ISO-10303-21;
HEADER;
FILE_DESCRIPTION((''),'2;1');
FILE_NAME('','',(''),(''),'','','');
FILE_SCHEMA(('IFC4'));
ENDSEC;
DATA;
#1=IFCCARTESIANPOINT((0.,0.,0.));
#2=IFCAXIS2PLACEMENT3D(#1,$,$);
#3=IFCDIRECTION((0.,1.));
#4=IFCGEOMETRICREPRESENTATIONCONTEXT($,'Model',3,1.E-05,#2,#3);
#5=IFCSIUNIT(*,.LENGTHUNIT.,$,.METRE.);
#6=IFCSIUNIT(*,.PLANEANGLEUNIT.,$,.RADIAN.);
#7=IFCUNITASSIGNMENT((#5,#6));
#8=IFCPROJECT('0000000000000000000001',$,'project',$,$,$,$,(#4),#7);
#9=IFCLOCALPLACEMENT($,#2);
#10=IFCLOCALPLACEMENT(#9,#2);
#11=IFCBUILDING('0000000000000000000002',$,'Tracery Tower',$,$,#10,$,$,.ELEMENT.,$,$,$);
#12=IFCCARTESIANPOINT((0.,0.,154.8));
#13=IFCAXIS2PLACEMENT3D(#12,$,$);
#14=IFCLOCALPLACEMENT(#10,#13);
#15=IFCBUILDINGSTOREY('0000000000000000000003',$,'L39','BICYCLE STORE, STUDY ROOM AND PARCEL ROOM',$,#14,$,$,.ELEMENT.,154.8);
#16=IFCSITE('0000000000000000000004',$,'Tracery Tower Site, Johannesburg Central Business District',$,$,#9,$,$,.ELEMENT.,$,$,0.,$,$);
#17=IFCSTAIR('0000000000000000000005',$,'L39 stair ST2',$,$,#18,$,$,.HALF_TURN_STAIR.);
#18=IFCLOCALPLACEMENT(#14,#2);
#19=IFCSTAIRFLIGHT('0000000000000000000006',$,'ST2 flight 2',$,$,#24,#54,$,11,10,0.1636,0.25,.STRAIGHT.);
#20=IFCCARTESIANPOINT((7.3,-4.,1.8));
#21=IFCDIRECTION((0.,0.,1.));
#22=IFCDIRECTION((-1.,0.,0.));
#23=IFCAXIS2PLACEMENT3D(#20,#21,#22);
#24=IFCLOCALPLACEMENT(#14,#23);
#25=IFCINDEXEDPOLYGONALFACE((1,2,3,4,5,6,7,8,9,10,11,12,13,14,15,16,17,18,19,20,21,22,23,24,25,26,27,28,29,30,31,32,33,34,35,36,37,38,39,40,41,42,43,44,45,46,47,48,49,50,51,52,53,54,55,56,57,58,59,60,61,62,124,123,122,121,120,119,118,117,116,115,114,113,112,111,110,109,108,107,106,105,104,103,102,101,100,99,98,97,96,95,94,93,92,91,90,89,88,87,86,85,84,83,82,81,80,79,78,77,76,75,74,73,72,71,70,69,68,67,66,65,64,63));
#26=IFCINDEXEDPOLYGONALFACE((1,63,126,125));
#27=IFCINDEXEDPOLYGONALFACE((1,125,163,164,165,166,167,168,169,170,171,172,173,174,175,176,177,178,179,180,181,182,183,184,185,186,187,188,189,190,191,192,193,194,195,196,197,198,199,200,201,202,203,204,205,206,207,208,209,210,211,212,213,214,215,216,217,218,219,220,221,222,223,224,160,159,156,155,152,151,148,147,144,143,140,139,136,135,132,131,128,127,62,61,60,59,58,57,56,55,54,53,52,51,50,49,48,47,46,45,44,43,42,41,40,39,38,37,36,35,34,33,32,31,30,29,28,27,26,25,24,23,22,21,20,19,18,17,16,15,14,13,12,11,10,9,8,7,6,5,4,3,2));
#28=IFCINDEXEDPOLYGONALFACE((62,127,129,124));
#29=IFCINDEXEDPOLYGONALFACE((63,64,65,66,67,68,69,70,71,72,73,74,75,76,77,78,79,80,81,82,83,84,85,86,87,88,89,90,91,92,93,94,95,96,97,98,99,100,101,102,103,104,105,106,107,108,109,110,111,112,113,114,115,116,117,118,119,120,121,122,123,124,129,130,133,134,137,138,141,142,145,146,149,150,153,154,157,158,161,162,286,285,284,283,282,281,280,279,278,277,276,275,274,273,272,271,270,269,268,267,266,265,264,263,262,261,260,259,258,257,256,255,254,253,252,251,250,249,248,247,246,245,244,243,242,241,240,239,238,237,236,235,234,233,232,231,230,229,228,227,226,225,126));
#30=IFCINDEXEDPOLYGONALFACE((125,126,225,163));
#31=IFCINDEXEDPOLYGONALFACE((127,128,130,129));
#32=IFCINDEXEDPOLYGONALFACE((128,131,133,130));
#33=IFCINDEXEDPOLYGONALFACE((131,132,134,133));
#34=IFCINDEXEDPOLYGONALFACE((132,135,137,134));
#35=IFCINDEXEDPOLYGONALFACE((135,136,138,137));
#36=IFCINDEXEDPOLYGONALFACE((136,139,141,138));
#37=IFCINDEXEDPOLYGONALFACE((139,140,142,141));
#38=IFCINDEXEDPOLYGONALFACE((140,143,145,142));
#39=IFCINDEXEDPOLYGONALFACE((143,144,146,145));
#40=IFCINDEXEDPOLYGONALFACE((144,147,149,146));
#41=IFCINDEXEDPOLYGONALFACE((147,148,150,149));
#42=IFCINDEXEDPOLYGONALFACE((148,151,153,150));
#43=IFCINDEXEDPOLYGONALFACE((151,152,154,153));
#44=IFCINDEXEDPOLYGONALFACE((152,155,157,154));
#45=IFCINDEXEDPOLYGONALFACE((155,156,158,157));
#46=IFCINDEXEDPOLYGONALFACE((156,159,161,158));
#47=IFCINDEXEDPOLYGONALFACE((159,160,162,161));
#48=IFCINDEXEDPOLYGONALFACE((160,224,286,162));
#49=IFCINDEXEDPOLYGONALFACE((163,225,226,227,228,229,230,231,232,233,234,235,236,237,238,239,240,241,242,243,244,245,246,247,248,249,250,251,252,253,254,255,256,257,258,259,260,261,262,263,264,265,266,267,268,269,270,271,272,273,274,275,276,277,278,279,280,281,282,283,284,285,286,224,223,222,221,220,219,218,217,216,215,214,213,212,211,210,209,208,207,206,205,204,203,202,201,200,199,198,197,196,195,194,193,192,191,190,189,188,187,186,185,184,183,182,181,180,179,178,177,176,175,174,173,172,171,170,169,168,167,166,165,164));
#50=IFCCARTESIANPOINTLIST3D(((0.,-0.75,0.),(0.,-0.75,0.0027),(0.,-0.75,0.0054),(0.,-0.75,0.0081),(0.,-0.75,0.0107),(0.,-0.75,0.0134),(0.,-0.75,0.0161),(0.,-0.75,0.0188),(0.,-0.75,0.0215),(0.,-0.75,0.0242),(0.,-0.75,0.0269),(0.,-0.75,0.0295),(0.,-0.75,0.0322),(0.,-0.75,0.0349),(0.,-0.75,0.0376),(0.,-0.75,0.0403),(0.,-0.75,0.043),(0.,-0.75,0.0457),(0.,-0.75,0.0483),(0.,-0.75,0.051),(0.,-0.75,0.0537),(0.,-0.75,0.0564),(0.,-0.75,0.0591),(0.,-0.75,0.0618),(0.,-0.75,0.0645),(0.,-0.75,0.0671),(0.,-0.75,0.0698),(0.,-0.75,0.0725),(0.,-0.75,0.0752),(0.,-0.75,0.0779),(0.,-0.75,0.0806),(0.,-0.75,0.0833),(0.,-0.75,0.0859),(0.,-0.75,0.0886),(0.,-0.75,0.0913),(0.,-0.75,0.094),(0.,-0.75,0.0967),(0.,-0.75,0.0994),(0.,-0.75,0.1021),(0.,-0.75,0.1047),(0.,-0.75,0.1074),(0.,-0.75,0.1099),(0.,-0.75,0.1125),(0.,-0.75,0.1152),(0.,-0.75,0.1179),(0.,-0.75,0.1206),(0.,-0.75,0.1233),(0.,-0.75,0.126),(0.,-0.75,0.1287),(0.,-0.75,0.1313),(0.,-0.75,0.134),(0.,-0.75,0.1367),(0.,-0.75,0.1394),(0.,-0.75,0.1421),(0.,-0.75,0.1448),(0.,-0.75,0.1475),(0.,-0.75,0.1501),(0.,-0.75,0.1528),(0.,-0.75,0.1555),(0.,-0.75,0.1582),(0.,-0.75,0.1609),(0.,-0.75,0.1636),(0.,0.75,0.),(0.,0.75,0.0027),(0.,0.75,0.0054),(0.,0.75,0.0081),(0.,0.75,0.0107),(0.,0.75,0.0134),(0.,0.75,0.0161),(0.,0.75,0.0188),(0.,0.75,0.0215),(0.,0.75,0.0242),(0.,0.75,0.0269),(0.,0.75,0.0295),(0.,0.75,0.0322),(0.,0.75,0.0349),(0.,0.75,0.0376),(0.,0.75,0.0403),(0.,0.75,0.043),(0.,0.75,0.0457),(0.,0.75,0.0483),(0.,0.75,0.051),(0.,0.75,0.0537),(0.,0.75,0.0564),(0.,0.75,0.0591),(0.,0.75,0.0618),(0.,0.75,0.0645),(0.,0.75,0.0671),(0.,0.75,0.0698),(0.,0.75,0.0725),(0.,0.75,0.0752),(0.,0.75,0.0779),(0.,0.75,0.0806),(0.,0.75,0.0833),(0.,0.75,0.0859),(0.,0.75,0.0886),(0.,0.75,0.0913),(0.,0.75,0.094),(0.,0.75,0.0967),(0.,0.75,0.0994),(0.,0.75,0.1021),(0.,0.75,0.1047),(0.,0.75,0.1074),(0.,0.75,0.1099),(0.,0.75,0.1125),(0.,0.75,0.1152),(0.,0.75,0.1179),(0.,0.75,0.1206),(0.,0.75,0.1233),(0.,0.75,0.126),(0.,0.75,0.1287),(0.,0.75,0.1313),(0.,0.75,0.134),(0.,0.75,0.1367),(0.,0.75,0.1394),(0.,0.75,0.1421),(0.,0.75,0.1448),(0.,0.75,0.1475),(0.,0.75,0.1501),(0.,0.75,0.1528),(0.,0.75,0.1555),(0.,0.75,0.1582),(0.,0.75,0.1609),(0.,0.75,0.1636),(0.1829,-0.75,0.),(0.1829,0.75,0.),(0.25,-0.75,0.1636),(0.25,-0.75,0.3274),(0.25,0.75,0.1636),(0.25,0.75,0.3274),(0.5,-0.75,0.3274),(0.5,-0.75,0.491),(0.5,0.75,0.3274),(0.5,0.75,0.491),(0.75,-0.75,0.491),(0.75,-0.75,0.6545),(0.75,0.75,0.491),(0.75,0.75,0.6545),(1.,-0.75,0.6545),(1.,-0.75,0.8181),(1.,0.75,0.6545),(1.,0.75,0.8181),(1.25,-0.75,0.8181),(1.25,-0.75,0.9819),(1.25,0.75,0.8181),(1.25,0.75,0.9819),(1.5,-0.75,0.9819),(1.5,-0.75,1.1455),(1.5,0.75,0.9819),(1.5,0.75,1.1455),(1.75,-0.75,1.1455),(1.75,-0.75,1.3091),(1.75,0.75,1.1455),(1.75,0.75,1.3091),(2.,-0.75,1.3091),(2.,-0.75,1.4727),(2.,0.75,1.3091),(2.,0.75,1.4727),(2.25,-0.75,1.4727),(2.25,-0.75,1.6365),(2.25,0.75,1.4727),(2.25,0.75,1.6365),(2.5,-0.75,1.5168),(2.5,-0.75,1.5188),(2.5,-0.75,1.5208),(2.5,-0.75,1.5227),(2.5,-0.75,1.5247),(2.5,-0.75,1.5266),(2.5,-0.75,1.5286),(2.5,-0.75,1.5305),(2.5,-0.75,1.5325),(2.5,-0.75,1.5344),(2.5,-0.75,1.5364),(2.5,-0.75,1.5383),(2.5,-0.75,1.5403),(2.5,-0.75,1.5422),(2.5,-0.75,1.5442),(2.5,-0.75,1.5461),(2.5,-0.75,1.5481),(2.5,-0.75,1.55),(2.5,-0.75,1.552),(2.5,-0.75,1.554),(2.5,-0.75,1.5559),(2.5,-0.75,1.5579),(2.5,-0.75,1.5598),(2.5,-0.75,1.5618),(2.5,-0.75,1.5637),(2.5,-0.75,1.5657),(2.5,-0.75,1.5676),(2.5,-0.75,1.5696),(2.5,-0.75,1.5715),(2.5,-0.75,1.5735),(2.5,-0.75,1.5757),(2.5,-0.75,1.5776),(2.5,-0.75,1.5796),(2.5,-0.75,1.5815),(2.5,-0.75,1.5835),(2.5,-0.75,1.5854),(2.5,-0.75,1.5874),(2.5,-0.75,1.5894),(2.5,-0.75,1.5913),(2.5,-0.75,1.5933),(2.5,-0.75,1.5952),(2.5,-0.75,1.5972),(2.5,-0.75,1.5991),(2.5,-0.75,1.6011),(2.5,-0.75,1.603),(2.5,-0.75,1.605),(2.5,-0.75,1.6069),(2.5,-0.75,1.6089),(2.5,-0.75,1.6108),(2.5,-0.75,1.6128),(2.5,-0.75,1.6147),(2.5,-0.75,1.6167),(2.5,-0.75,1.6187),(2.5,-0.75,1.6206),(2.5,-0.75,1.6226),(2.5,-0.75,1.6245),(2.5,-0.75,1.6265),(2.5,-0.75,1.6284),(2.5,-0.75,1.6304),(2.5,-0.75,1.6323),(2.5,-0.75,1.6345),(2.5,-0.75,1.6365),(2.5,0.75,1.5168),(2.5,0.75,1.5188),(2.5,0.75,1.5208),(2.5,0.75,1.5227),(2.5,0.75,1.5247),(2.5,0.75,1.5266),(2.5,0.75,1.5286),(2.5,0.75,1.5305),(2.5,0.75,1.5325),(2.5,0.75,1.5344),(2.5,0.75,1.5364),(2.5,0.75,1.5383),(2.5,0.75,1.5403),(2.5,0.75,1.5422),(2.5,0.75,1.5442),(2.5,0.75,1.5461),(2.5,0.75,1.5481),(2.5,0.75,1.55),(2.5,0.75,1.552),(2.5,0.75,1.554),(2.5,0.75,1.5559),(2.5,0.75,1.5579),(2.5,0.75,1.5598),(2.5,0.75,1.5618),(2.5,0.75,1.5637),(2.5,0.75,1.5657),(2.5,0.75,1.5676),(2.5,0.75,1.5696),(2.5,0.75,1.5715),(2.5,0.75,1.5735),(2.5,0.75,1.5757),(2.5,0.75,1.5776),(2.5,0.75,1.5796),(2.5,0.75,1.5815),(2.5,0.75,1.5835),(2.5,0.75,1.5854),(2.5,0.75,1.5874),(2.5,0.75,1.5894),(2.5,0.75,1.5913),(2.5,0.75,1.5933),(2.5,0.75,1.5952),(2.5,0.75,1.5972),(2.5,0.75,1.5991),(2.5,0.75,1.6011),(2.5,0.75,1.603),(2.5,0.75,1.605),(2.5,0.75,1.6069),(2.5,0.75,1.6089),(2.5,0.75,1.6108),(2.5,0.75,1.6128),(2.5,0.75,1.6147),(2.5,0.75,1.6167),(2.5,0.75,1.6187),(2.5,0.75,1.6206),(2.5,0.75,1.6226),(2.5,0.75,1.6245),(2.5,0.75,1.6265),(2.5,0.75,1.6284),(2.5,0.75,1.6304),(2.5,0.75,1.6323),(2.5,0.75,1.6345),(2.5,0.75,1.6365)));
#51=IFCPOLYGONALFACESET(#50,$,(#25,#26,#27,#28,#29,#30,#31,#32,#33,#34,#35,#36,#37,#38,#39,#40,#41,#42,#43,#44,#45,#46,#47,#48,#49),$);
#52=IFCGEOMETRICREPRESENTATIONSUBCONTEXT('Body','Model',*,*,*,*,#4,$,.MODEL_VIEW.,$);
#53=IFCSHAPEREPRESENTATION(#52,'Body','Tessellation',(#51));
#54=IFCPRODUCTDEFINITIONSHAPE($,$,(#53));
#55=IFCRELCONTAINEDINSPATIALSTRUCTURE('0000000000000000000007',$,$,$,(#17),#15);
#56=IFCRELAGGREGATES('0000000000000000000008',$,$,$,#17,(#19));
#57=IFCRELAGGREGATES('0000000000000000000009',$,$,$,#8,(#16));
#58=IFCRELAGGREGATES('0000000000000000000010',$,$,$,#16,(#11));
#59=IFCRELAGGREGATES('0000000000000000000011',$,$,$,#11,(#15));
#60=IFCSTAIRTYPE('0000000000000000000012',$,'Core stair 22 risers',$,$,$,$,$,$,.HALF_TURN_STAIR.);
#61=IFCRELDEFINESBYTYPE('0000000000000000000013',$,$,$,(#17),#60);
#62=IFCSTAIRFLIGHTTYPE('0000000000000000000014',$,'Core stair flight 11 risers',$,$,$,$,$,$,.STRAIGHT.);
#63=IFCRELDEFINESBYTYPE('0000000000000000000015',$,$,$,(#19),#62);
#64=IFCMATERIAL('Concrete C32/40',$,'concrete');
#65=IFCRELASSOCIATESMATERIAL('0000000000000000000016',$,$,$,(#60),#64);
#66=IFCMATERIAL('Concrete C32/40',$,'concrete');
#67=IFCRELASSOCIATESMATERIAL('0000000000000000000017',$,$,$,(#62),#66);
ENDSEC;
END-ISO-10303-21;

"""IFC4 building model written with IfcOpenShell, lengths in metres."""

from ifc_helpers import new_model, si_unit, direction, frame, origin, place, context, subcontext, project, spatial, polyline, outline, extrude, material, type_object, element, aggregate, save


model = new_model("IFC4")

# Units and contexts
model_context = context("Model", 3, precision=1e-05, world=origin(), true_north=direction((0.0, 1.0)))
body_context = subcontext(model_context, "Body", "Model", "MODEL_VIEW")
ifc_project = project(units=[si_unit("LENGTHUNIT", "METRE"), si_unit("PLANEANGLEUNIT", "RADIAN")], contexts=[model_context])

# Site, building, storey
site_placement = place(None, origin())
site = spatial("IfcSite", under=ifc_project, at=site_placement, Name="Tracery Tower Site, Johannesburg Central Business District", CompositionType="ELEMENT", RefElevation=0.0)
building_placement = place(site_placement, origin())
building = spatial("IfcBuilding", under=site, at=building_placement, Name="Tracery Tower", CompositionType="ELEMENT")
storey_placement = place(building_placement, frame((0.0, 0.0, 154.8)))
storey = spatial("IfcBuildingStorey", under=building, at=storey_placement, Name="L39", Description="BICYCLE STORE, STUDY ROOM AND PARCEL ROOM", CompositionType="ELEMENT", Elevation=154.8)

# Shared definitions
ifc_material_1 = material(Name="Concrete C32/40", Category="concrete")
stair_type = type_object("IfcStairType", Name="Core stair 22 risers", PredefinedType="HALF_TURN_STAIR", material=ifc_material_1)

# Stair, stair flight
stair_1_placement = place(storey_placement, origin())
stair_1 = element("IfcStair", 1, at=stair_1_placement, inside=storey, type_object=stair_type, Name="L39 stair ST2", PredefinedType="HALF_TURN_STAIR")
ifc_material_2 = material(Name="Concrete C32/40", Category="concrete")
stair_flight_type = type_object("IfcStairFlightType", Name="Core stair flight 11 risers", PredefinedType="STRAIGHT", material=ifc_material_2)
stair_flight_1_placement = place(storey_placement, frame((7.3, -4.0, 1.8), z_axis=(0.0, 0.0, 1.0), x_axis=(-1.0, 0.0, 0.0)))
stair_flight_1 = element("IfcStairFlight", 2, at=stair_flight_1_placement, type_object=stair_flight_type, Name="ST2 flight 2", NumberOfRisers=11, NumberOfTreads=10, PredefinedType="STRAIGHT", RiserHeight=0.1636, TreadLength=0.25, context=body_context, shape_type="SweptSolid", body=[
    extrude(outline(polyline([(0.0, 0.0), (0.0, 0.0027), (0.0, 0.0054), (0.0, 0.0081), (0.0, 0.0107), (0.0, 0.0134), (0.0, 0.0161), (0.0, 0.0188), (0.0, 0.0215), (0.0, 0.0242), (0.0, 0.0269), (0.0, 0.0295), (0.0, 0.0322), (0.0, 0.0349), (0.0, 0.0376), (0.0, 0.0403), (0.0, 0.043), (0.0, 0.0457), (0.0, 0.0483), (0.0, 0.051), (0.0, 0.0537), (0.0, 0.0564), (0.0, 0.0591), (0.0, 0.0618), (0.0, 0.0645), (0.0, 0.0671), (0.0, 0.0698), (0.0, 0.0725), (0.0, 0.0752), (0.0, 0.0779), (0.0, 0.0806), (0.0, 0.0833), (0.0, 0.0859), (0.0, 0.0886), (0.0, 0.0913), (0.0, 0.094), (0.0, 0.0967), (0.0, 0.0994), (0.0, 0.1021), (0.0, 0.1047), (0.0, 0.1074), (0.0, 0.1099), (0.0, 0.1125), (0.0, 0.1152), (0.0, 0.1179), (0.0, 0.1206), (0.0, 0.1233), (0.0, 0.126), (0.0, 0.1287), (0.0, 0.1313), (0.0, 0.134), (0.0, 0.1367), (0.0, 0.1394), (0.0, 0.1421), (0.0, 0.1448), (0.0, 0.1475), (0.0, 0.1501), (0.0, 0.1528), (0.0, 0.1555), (0.0, 0.1582), (0.0, 0.1609), (0.0, 0.1636), (0.25, 0.1636), (0.25, 0.3274), (0.5, 0.3274), (0.5, 0.491), (0.75, 0.491), (0.75, 0.6545), (1.0, 0.6545), (1.0, 0.8181), (1.25, 0.8181), (1.25, 0.9819), (1.5, 0.9819), (1.5, 1.1455), (1.75, 1.1455), (1.75, 1.3091), (2.0, 1.3091), (2.0, 1.4727), (2.25, 1.4727), (2.25, 1.6365), (2.5, 1.6365), (2.5, 1.6345), (2.5, 1.6323), (2.5, 1.6304), (2.5, 1.6284), (2.5, 1.6265), (2.5, 1.6245), (2.5, 1.6226), (2.5, 1.6206), (2.5, 1.6187), (2.5, 1.6167), (2.5, 1.6147), (2.5, 1.6128), (2.5, 1.6108), (2.5, 1.6089), (2.5, 1.6069), (2.5, 1.605), (2.5, 1.603), (2.5, 1.6011), (2.5, 1.5991), (2.5, 1.5972), (2.5, 1.5952), (2.5, 1.5933), (2.5, 1.5913), (2.5, 1.5894), (2.5, 1.5874), (2.5, 1.5854), (2.5, 1.5835), (2.5, 1.5815), (2.5, 1.5796), (2.5, 1.5776), (2.5, 1.5757), (2.5, 1.5735), (2.5, 1.5715), (2.5, 1.5696), (2.5, 1.5676), (2.5, 1.5657), (2.5, 1.5637), (2.5, 1.5618), (2.5, 1.5598), (2.5, 1.5579), (2.5, 1.5559), (2.5, 1.554), (2.5, 1.552), (2.5, 1.55), (2.5, 1.5481), (2.5, 1.5461), (2.5, 1.5442), (2.5, 1.5422), (2.5, 1.5403), (2.5, 1.5383), (2.5, 1.5364), (2.5, 1.5344), (2.5, 1.5325), (2.5, 1.5305), (2.5, 1.5286), (2.5, 1.5266), (2.5, 1.5247), (2.5, 1.5227), (2.5, 1.5208), (2.5, 1.5188), (2.5, 1.5168), (0.1829, 0.0), (0.0, 0.0)])), frame((0.0, 0.75, 0.0), z_axis=(0.0, -1.0, 0.0), x_axis=(1.0, 0.0, 0.0)), (0.0, 0.0, 1.0), 1.5),
])
aggregate(stair_1, [stair_flight_1])

save(model, "model.ifc")
